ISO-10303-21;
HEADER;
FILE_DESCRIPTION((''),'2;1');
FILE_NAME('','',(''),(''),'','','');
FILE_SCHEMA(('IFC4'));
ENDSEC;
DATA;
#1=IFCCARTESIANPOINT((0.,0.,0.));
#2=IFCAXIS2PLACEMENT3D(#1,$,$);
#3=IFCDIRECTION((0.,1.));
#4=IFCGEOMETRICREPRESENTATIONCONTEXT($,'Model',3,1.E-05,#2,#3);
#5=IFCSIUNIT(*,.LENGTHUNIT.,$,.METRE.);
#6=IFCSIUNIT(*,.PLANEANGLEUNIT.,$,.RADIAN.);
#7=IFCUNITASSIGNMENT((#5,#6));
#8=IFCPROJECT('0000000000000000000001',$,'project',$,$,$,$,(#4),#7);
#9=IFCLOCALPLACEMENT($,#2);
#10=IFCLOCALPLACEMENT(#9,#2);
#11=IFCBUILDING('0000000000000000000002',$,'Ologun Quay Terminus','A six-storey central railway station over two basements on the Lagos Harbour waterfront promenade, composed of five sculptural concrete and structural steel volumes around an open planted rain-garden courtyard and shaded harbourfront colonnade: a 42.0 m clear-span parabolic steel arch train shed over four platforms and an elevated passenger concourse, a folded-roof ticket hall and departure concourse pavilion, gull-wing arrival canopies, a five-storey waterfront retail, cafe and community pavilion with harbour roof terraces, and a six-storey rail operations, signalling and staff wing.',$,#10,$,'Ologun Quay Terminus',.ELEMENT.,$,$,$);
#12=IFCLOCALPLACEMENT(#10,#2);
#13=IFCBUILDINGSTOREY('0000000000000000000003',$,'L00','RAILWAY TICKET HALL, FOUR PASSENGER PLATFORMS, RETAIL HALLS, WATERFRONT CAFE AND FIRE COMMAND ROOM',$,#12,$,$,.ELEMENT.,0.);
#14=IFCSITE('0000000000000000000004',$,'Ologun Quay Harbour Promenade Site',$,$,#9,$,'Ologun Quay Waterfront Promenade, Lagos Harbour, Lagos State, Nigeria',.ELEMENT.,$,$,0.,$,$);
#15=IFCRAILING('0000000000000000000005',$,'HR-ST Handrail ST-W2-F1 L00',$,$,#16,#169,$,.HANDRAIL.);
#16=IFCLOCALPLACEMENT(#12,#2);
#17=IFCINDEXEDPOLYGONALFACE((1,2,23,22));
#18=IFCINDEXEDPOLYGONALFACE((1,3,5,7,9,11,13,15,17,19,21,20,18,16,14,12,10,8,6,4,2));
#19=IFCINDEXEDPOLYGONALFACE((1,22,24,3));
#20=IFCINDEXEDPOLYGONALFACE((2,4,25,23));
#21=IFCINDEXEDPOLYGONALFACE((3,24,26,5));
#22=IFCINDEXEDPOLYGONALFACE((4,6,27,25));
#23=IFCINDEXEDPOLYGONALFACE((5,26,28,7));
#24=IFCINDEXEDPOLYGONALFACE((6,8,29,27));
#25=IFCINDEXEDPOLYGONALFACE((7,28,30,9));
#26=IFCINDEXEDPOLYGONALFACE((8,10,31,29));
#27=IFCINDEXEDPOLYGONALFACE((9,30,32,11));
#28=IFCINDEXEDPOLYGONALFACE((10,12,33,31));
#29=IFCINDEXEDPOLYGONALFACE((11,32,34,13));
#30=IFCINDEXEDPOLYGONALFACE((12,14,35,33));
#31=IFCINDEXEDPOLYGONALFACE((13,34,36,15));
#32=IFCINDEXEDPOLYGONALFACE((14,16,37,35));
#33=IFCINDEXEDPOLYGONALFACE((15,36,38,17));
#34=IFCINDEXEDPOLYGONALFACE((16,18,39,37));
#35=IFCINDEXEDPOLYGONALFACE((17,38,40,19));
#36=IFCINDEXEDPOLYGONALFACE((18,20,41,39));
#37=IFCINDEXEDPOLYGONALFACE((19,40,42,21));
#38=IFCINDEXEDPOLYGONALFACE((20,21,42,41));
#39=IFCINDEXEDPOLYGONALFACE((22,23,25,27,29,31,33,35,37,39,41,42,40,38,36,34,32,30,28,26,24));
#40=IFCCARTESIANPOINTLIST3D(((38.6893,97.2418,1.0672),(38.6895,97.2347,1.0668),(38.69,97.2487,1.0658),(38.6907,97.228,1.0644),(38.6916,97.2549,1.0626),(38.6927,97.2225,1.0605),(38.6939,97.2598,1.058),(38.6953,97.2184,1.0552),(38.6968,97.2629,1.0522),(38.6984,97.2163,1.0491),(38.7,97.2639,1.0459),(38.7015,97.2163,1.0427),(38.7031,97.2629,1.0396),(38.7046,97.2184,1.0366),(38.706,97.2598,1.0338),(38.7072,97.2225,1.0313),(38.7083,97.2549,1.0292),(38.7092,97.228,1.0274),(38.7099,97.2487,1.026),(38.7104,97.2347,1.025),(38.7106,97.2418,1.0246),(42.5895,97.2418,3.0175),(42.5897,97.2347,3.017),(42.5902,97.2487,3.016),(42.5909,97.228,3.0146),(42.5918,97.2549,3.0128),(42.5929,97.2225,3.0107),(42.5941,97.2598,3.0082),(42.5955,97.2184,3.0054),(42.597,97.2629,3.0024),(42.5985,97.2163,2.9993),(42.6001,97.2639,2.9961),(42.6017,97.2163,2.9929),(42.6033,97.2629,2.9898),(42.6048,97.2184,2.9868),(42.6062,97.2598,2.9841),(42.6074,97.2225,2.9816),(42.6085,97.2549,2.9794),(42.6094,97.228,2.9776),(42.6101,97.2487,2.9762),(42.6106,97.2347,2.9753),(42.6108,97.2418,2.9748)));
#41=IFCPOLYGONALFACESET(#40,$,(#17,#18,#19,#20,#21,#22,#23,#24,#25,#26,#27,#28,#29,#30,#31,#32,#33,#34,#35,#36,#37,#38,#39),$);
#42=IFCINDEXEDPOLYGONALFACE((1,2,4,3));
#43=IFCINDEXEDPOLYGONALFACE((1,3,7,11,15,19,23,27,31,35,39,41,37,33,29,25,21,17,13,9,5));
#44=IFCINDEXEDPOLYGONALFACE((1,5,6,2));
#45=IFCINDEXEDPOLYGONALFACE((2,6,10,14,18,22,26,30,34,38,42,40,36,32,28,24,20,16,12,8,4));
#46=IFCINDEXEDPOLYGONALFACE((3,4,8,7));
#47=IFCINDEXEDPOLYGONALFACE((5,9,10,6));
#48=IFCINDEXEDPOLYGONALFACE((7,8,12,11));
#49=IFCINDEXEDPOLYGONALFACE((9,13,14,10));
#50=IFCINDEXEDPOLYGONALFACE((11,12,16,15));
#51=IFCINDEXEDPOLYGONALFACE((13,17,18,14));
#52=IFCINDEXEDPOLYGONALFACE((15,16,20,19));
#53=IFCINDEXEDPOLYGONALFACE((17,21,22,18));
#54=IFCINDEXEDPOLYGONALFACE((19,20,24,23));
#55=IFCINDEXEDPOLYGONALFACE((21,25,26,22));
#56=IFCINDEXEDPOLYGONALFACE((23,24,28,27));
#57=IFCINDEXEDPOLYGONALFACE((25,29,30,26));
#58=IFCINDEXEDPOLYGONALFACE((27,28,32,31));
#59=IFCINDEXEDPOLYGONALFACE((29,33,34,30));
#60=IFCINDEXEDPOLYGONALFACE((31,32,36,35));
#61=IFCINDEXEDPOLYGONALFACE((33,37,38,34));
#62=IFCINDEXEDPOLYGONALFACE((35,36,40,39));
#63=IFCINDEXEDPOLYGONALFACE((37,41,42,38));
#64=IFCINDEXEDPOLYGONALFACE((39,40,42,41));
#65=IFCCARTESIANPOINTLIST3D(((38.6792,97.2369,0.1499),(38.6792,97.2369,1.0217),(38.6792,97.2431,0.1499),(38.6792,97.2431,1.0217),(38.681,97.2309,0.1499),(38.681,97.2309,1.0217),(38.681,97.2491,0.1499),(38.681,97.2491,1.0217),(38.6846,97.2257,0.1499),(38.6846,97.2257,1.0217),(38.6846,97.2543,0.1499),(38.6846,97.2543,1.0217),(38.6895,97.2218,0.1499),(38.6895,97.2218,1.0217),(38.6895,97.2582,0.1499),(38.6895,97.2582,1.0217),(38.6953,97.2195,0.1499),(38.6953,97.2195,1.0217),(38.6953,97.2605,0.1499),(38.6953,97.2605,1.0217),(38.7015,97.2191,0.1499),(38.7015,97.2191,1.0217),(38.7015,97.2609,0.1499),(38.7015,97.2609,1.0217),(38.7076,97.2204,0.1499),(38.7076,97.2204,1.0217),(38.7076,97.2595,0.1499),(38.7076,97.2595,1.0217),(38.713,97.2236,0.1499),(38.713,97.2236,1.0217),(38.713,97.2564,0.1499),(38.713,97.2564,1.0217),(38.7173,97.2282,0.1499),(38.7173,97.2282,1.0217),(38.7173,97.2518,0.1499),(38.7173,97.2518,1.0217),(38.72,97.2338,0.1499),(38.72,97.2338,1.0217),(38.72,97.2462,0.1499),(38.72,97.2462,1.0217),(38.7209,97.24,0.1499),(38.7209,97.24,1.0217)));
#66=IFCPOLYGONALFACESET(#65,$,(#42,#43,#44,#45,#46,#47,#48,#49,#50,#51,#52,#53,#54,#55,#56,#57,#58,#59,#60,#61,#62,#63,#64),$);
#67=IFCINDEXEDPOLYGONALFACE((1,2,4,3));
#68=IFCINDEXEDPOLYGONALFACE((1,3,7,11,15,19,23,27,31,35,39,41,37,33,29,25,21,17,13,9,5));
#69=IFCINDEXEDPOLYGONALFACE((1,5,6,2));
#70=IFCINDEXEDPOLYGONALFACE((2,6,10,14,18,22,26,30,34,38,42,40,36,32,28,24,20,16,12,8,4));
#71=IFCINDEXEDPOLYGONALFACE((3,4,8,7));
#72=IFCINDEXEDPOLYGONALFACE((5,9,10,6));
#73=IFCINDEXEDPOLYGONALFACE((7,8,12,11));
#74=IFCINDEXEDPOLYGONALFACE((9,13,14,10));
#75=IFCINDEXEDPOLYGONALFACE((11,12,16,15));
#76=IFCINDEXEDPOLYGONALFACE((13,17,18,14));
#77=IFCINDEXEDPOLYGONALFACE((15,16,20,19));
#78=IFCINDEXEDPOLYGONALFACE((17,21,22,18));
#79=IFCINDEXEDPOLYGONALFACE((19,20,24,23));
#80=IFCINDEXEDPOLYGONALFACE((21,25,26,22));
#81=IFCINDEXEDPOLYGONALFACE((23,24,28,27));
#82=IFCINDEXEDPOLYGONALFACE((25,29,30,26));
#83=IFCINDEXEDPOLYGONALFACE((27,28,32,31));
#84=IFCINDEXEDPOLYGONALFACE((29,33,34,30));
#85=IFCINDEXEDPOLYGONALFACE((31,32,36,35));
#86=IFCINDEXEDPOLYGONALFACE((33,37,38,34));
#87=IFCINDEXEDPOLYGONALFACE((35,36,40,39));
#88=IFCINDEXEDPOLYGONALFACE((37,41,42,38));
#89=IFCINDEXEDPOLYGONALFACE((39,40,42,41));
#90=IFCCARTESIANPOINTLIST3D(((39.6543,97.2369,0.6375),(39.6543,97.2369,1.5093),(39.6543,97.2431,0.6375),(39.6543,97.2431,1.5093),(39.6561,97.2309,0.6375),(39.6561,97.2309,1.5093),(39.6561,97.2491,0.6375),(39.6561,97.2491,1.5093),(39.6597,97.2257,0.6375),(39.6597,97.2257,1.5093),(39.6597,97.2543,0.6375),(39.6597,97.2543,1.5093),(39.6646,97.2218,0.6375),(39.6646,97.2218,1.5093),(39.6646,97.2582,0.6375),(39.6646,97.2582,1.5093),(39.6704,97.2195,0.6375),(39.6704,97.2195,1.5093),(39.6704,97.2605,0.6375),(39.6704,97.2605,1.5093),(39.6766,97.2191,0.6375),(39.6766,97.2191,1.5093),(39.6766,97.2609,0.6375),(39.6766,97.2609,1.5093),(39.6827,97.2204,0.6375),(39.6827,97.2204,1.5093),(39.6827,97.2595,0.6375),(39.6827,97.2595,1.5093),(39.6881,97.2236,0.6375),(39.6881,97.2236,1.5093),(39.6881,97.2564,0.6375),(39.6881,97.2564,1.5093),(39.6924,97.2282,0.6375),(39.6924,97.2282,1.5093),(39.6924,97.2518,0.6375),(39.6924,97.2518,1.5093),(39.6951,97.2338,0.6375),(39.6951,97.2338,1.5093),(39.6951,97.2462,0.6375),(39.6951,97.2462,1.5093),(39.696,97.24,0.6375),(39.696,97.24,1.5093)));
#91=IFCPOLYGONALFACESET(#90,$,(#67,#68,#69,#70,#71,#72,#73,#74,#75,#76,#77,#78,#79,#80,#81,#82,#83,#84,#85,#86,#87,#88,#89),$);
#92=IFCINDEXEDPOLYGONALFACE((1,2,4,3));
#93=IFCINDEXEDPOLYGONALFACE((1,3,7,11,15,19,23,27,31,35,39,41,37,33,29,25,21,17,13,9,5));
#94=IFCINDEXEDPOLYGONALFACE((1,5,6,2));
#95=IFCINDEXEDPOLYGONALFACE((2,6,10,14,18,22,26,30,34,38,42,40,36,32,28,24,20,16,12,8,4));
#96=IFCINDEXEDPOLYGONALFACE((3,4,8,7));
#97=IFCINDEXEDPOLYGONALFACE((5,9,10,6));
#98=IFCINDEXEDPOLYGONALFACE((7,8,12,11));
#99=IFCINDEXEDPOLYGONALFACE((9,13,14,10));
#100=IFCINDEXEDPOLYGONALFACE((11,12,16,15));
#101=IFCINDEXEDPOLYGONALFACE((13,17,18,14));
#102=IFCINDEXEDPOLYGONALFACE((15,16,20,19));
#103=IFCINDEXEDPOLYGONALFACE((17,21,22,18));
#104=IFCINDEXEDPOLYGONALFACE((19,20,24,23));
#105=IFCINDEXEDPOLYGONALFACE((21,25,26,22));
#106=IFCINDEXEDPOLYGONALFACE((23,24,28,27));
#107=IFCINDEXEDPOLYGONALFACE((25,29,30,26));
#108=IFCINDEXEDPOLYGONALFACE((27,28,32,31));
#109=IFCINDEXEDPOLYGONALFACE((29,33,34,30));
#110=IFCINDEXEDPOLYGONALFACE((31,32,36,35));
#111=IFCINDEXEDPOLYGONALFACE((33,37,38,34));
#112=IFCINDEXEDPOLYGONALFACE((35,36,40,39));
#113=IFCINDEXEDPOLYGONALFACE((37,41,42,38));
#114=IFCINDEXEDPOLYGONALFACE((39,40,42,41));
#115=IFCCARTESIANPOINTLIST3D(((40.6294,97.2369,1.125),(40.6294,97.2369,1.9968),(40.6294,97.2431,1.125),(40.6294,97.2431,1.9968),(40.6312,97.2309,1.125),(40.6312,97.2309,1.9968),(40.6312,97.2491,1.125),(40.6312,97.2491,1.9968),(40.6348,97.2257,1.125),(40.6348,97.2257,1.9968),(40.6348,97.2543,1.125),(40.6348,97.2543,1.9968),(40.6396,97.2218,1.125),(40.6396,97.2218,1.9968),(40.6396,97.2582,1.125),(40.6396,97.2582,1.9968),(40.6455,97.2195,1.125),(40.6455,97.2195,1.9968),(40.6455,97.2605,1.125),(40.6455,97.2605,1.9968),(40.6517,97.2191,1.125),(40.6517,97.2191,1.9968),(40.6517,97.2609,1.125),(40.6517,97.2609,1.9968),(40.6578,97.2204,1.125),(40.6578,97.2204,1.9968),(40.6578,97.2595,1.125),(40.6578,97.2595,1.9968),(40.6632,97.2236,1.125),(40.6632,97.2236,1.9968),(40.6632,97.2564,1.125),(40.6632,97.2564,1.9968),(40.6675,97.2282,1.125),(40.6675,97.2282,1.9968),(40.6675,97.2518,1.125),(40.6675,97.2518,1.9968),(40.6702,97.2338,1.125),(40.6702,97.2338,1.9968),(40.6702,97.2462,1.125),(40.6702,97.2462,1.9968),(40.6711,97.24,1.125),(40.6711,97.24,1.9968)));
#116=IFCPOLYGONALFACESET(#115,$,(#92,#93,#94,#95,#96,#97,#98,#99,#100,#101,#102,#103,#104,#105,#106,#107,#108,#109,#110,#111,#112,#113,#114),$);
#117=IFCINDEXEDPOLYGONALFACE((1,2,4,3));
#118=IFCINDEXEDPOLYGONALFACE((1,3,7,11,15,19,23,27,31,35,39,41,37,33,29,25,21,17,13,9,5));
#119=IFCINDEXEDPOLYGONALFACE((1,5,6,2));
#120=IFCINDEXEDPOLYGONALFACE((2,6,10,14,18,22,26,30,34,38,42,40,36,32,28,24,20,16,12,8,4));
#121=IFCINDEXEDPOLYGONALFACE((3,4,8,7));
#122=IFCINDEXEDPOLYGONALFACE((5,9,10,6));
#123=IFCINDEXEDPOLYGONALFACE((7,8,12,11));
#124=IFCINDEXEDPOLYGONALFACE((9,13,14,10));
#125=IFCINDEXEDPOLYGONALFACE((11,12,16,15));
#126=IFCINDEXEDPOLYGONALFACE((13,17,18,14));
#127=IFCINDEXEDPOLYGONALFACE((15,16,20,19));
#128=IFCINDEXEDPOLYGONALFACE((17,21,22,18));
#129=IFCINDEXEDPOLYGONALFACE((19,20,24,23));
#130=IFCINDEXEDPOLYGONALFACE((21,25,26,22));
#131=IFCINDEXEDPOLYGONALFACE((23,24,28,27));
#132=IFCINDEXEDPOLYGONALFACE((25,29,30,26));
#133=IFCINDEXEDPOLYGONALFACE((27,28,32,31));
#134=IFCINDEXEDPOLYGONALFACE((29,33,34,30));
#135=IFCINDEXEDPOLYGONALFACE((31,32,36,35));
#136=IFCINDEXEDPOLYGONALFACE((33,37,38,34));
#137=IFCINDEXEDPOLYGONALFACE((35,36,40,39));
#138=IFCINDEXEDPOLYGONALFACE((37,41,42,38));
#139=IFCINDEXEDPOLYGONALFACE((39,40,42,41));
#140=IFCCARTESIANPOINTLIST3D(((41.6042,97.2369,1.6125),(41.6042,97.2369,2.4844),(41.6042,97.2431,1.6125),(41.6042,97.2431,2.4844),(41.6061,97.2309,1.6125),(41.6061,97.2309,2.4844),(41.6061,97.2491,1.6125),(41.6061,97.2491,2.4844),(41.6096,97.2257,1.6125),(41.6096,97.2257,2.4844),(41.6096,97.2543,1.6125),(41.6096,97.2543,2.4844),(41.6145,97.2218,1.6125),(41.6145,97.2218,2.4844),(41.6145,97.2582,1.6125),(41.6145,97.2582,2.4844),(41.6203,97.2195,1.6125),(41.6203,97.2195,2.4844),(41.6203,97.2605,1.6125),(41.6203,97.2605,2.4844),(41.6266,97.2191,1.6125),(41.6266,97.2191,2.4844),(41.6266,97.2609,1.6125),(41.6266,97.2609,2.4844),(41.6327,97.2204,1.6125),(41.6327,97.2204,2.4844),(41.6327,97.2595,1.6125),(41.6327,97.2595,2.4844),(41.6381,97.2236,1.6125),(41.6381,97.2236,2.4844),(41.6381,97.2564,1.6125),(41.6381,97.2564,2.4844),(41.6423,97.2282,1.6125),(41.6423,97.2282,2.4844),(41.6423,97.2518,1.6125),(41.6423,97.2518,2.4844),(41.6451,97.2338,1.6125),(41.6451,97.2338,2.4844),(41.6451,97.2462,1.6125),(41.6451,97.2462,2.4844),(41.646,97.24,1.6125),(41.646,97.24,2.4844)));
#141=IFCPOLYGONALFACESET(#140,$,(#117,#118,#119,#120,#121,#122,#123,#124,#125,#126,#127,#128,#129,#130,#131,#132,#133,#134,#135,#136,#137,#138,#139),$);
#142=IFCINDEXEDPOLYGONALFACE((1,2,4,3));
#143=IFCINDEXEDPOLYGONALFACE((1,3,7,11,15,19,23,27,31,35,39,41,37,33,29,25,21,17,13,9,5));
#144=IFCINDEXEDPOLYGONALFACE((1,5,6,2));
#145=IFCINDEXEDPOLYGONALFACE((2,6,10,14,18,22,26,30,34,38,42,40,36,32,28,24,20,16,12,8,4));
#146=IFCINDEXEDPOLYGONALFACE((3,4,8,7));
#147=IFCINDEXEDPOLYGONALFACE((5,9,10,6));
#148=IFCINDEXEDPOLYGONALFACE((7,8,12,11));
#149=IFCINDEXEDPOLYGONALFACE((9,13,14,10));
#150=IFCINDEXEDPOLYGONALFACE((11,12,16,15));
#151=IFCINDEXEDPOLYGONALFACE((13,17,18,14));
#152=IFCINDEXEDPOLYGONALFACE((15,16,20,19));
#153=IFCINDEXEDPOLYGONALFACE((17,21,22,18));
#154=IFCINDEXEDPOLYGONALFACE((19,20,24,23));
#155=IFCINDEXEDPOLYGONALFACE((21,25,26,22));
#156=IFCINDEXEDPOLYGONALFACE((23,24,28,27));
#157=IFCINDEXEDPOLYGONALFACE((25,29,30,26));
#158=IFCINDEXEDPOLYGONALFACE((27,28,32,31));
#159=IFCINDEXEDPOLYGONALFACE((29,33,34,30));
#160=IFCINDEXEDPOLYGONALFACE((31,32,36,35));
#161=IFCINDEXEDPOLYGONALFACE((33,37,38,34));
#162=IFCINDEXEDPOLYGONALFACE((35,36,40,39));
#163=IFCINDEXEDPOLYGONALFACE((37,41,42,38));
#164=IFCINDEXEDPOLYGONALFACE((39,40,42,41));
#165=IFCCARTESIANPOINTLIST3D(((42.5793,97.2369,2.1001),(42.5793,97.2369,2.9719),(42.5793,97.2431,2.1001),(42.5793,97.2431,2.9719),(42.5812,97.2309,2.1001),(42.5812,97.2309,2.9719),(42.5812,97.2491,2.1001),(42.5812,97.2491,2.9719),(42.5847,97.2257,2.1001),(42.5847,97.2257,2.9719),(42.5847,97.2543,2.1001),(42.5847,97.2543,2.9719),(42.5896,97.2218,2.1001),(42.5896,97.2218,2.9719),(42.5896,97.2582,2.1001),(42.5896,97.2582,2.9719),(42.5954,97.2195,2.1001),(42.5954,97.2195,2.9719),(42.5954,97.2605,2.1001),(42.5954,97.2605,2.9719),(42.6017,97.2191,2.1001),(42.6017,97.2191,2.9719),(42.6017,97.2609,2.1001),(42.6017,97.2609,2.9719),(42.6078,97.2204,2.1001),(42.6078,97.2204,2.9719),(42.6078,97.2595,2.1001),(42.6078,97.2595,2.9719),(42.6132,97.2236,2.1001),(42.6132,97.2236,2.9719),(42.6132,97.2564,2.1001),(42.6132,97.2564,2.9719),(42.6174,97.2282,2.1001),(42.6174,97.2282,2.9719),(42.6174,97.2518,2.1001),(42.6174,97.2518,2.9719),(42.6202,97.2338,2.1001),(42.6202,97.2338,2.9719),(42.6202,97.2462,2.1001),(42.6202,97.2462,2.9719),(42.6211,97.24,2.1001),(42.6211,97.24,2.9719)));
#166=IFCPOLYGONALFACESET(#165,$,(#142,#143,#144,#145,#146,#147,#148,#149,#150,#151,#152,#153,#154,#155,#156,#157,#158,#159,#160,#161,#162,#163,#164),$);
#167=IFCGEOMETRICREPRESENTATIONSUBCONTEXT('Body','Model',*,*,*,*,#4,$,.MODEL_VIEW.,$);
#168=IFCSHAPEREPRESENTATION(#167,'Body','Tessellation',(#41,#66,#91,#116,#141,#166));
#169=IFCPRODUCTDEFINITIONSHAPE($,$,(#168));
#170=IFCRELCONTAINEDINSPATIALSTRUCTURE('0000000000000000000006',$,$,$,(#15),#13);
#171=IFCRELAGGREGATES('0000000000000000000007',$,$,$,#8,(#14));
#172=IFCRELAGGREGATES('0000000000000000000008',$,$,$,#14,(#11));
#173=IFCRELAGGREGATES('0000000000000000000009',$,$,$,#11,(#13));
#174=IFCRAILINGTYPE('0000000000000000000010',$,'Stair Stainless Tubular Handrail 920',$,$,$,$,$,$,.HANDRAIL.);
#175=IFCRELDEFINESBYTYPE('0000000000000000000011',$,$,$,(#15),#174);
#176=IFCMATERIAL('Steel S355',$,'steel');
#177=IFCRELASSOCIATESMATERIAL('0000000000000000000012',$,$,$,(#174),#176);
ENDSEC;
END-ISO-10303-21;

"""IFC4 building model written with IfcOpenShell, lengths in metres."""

from ifc_helpers import new_model, si_unit, direction, frame, origin, origin_2d, place, context, subcontext, project, spatial, circle, extrude, material, type_object, element, save


model = new_model("IFC4")

# Units and contexts
model_context = context("Model", 3, precision=1e-05, world=origin(), true_north=direction((0.0, 1.0)))
body_context = subcontext(model_context, "Body", "Model", "MODEL_VIEW")
ifc_project = project(units=[si_unit("LENGTHUNIT", "METRE"), si_unit("PLANEANGLEUNIT", "RADIAN")], contexts=[model_context])

# Site, building, storey
site_placement = place(None, origin())
site = spatial("IfcSite", under=ifc_project, at=site_placement, Name="Ologun Quay Harbour Promenade Site", LongName="Ologun Quay Waterfront Promenade, Lagos Harbour, Lagos State, Nigeria", CompositionType="ELEMENT", RefElevation=0.0)
building_placement = place(site_placement, origin())
building = spatial("IfcBuilding", under=site, at=building_placement, Name="Ologun Quay Terminus", Description="A six-storey central railway station over two basements on the Lagos Harbour waterfront promenade, composed of five sculptural concrete and structural steel volumes around an open planted rain-garden courtyard and shaded harbourfront colonnade: a 42.0 m clear-span parabolic steel arch train shed over four platforms and an elevated passenger concourse, a folded-roof ticket hall and departure concourse pavilion, gull-wing arrival canopies, a five-storey waterfront retail, cafe and community pavilion with harbour roof terraces, and a six-storey rail operations, signalling and staff wing.", LongName="Ologun Quay Terminus", CompositionType="ELEMENT")
storey_placement = place(building_placement, origin())
storey = spatial("IfcBuildingStorey", under=building, at=storey_placement, Name="L00", Description="RAILWAY TICKET HALL, FOUR PASSENGER PLATFORMS, RETAIL HALLS, WATERFRONT CAFE AND FIRE COMMAND ROOM", CompositionType="ELEMENT", Elevation=0.0)

# Railing
ifc_material_1 = material(Name="Steel S355", Category="steel")
railing_type_1 = type_object("IfcRailingType", Name="Stair Stainless Tubular Handrail 920", PredefinedType="HANDRAIL", material=ifc_material_1)
railing_1_placement = place(storey_placement, frame((38.7, 97.24, 0.1499)))
element("IfcRailing", 1, at=railing_1_placement, inside=storey, type_object=railing_type_1, Name="HR-ST Handrail ST-W2-F1 L00", PredefinedType="HANDRAIL", context=body_context, shape_type="SweptSolid", body=[
    extrude(circle(Radius=0.0239, at=origin_2d()), frame((0.0, 0.0, 0.896), z_axis=(0.894416, 0.0, 0.447236), x_axis=(0.0, 1.0, 0.0)), (0.0, 0.0, 1.0), 4.3606),
    extrude(circle(Radius=0.021, at=origin_2d()), origin(), (0.0, 0.0, 1.0), 0.8718),
    extrude(circle(Radius=0.021, at=origin_2d()), frame((0.9751, 0.0, 0.4875)), (0.0, 0.0, 1.0), 0.8718),
    extrude(circle(Radius=0.021, at=origin_2d()), frame((1.9502, 0.0, 0.9751)), (0.0, 0.0, 1.0), 0.8718),
    extrude(circle(Radius=0.021, at=origin_2d()), frame((2.925, 0.0, 1.4626)), (0.0, 0.0, 1.0), 0.8718),
    extrude(circle(Radius=0.021, at=origin_2d()), frame((3.9001, 0.0, 1.9502)), (0.0, 0.0, 1.0), 0.8718),
])

save(model, "model.ifc")
